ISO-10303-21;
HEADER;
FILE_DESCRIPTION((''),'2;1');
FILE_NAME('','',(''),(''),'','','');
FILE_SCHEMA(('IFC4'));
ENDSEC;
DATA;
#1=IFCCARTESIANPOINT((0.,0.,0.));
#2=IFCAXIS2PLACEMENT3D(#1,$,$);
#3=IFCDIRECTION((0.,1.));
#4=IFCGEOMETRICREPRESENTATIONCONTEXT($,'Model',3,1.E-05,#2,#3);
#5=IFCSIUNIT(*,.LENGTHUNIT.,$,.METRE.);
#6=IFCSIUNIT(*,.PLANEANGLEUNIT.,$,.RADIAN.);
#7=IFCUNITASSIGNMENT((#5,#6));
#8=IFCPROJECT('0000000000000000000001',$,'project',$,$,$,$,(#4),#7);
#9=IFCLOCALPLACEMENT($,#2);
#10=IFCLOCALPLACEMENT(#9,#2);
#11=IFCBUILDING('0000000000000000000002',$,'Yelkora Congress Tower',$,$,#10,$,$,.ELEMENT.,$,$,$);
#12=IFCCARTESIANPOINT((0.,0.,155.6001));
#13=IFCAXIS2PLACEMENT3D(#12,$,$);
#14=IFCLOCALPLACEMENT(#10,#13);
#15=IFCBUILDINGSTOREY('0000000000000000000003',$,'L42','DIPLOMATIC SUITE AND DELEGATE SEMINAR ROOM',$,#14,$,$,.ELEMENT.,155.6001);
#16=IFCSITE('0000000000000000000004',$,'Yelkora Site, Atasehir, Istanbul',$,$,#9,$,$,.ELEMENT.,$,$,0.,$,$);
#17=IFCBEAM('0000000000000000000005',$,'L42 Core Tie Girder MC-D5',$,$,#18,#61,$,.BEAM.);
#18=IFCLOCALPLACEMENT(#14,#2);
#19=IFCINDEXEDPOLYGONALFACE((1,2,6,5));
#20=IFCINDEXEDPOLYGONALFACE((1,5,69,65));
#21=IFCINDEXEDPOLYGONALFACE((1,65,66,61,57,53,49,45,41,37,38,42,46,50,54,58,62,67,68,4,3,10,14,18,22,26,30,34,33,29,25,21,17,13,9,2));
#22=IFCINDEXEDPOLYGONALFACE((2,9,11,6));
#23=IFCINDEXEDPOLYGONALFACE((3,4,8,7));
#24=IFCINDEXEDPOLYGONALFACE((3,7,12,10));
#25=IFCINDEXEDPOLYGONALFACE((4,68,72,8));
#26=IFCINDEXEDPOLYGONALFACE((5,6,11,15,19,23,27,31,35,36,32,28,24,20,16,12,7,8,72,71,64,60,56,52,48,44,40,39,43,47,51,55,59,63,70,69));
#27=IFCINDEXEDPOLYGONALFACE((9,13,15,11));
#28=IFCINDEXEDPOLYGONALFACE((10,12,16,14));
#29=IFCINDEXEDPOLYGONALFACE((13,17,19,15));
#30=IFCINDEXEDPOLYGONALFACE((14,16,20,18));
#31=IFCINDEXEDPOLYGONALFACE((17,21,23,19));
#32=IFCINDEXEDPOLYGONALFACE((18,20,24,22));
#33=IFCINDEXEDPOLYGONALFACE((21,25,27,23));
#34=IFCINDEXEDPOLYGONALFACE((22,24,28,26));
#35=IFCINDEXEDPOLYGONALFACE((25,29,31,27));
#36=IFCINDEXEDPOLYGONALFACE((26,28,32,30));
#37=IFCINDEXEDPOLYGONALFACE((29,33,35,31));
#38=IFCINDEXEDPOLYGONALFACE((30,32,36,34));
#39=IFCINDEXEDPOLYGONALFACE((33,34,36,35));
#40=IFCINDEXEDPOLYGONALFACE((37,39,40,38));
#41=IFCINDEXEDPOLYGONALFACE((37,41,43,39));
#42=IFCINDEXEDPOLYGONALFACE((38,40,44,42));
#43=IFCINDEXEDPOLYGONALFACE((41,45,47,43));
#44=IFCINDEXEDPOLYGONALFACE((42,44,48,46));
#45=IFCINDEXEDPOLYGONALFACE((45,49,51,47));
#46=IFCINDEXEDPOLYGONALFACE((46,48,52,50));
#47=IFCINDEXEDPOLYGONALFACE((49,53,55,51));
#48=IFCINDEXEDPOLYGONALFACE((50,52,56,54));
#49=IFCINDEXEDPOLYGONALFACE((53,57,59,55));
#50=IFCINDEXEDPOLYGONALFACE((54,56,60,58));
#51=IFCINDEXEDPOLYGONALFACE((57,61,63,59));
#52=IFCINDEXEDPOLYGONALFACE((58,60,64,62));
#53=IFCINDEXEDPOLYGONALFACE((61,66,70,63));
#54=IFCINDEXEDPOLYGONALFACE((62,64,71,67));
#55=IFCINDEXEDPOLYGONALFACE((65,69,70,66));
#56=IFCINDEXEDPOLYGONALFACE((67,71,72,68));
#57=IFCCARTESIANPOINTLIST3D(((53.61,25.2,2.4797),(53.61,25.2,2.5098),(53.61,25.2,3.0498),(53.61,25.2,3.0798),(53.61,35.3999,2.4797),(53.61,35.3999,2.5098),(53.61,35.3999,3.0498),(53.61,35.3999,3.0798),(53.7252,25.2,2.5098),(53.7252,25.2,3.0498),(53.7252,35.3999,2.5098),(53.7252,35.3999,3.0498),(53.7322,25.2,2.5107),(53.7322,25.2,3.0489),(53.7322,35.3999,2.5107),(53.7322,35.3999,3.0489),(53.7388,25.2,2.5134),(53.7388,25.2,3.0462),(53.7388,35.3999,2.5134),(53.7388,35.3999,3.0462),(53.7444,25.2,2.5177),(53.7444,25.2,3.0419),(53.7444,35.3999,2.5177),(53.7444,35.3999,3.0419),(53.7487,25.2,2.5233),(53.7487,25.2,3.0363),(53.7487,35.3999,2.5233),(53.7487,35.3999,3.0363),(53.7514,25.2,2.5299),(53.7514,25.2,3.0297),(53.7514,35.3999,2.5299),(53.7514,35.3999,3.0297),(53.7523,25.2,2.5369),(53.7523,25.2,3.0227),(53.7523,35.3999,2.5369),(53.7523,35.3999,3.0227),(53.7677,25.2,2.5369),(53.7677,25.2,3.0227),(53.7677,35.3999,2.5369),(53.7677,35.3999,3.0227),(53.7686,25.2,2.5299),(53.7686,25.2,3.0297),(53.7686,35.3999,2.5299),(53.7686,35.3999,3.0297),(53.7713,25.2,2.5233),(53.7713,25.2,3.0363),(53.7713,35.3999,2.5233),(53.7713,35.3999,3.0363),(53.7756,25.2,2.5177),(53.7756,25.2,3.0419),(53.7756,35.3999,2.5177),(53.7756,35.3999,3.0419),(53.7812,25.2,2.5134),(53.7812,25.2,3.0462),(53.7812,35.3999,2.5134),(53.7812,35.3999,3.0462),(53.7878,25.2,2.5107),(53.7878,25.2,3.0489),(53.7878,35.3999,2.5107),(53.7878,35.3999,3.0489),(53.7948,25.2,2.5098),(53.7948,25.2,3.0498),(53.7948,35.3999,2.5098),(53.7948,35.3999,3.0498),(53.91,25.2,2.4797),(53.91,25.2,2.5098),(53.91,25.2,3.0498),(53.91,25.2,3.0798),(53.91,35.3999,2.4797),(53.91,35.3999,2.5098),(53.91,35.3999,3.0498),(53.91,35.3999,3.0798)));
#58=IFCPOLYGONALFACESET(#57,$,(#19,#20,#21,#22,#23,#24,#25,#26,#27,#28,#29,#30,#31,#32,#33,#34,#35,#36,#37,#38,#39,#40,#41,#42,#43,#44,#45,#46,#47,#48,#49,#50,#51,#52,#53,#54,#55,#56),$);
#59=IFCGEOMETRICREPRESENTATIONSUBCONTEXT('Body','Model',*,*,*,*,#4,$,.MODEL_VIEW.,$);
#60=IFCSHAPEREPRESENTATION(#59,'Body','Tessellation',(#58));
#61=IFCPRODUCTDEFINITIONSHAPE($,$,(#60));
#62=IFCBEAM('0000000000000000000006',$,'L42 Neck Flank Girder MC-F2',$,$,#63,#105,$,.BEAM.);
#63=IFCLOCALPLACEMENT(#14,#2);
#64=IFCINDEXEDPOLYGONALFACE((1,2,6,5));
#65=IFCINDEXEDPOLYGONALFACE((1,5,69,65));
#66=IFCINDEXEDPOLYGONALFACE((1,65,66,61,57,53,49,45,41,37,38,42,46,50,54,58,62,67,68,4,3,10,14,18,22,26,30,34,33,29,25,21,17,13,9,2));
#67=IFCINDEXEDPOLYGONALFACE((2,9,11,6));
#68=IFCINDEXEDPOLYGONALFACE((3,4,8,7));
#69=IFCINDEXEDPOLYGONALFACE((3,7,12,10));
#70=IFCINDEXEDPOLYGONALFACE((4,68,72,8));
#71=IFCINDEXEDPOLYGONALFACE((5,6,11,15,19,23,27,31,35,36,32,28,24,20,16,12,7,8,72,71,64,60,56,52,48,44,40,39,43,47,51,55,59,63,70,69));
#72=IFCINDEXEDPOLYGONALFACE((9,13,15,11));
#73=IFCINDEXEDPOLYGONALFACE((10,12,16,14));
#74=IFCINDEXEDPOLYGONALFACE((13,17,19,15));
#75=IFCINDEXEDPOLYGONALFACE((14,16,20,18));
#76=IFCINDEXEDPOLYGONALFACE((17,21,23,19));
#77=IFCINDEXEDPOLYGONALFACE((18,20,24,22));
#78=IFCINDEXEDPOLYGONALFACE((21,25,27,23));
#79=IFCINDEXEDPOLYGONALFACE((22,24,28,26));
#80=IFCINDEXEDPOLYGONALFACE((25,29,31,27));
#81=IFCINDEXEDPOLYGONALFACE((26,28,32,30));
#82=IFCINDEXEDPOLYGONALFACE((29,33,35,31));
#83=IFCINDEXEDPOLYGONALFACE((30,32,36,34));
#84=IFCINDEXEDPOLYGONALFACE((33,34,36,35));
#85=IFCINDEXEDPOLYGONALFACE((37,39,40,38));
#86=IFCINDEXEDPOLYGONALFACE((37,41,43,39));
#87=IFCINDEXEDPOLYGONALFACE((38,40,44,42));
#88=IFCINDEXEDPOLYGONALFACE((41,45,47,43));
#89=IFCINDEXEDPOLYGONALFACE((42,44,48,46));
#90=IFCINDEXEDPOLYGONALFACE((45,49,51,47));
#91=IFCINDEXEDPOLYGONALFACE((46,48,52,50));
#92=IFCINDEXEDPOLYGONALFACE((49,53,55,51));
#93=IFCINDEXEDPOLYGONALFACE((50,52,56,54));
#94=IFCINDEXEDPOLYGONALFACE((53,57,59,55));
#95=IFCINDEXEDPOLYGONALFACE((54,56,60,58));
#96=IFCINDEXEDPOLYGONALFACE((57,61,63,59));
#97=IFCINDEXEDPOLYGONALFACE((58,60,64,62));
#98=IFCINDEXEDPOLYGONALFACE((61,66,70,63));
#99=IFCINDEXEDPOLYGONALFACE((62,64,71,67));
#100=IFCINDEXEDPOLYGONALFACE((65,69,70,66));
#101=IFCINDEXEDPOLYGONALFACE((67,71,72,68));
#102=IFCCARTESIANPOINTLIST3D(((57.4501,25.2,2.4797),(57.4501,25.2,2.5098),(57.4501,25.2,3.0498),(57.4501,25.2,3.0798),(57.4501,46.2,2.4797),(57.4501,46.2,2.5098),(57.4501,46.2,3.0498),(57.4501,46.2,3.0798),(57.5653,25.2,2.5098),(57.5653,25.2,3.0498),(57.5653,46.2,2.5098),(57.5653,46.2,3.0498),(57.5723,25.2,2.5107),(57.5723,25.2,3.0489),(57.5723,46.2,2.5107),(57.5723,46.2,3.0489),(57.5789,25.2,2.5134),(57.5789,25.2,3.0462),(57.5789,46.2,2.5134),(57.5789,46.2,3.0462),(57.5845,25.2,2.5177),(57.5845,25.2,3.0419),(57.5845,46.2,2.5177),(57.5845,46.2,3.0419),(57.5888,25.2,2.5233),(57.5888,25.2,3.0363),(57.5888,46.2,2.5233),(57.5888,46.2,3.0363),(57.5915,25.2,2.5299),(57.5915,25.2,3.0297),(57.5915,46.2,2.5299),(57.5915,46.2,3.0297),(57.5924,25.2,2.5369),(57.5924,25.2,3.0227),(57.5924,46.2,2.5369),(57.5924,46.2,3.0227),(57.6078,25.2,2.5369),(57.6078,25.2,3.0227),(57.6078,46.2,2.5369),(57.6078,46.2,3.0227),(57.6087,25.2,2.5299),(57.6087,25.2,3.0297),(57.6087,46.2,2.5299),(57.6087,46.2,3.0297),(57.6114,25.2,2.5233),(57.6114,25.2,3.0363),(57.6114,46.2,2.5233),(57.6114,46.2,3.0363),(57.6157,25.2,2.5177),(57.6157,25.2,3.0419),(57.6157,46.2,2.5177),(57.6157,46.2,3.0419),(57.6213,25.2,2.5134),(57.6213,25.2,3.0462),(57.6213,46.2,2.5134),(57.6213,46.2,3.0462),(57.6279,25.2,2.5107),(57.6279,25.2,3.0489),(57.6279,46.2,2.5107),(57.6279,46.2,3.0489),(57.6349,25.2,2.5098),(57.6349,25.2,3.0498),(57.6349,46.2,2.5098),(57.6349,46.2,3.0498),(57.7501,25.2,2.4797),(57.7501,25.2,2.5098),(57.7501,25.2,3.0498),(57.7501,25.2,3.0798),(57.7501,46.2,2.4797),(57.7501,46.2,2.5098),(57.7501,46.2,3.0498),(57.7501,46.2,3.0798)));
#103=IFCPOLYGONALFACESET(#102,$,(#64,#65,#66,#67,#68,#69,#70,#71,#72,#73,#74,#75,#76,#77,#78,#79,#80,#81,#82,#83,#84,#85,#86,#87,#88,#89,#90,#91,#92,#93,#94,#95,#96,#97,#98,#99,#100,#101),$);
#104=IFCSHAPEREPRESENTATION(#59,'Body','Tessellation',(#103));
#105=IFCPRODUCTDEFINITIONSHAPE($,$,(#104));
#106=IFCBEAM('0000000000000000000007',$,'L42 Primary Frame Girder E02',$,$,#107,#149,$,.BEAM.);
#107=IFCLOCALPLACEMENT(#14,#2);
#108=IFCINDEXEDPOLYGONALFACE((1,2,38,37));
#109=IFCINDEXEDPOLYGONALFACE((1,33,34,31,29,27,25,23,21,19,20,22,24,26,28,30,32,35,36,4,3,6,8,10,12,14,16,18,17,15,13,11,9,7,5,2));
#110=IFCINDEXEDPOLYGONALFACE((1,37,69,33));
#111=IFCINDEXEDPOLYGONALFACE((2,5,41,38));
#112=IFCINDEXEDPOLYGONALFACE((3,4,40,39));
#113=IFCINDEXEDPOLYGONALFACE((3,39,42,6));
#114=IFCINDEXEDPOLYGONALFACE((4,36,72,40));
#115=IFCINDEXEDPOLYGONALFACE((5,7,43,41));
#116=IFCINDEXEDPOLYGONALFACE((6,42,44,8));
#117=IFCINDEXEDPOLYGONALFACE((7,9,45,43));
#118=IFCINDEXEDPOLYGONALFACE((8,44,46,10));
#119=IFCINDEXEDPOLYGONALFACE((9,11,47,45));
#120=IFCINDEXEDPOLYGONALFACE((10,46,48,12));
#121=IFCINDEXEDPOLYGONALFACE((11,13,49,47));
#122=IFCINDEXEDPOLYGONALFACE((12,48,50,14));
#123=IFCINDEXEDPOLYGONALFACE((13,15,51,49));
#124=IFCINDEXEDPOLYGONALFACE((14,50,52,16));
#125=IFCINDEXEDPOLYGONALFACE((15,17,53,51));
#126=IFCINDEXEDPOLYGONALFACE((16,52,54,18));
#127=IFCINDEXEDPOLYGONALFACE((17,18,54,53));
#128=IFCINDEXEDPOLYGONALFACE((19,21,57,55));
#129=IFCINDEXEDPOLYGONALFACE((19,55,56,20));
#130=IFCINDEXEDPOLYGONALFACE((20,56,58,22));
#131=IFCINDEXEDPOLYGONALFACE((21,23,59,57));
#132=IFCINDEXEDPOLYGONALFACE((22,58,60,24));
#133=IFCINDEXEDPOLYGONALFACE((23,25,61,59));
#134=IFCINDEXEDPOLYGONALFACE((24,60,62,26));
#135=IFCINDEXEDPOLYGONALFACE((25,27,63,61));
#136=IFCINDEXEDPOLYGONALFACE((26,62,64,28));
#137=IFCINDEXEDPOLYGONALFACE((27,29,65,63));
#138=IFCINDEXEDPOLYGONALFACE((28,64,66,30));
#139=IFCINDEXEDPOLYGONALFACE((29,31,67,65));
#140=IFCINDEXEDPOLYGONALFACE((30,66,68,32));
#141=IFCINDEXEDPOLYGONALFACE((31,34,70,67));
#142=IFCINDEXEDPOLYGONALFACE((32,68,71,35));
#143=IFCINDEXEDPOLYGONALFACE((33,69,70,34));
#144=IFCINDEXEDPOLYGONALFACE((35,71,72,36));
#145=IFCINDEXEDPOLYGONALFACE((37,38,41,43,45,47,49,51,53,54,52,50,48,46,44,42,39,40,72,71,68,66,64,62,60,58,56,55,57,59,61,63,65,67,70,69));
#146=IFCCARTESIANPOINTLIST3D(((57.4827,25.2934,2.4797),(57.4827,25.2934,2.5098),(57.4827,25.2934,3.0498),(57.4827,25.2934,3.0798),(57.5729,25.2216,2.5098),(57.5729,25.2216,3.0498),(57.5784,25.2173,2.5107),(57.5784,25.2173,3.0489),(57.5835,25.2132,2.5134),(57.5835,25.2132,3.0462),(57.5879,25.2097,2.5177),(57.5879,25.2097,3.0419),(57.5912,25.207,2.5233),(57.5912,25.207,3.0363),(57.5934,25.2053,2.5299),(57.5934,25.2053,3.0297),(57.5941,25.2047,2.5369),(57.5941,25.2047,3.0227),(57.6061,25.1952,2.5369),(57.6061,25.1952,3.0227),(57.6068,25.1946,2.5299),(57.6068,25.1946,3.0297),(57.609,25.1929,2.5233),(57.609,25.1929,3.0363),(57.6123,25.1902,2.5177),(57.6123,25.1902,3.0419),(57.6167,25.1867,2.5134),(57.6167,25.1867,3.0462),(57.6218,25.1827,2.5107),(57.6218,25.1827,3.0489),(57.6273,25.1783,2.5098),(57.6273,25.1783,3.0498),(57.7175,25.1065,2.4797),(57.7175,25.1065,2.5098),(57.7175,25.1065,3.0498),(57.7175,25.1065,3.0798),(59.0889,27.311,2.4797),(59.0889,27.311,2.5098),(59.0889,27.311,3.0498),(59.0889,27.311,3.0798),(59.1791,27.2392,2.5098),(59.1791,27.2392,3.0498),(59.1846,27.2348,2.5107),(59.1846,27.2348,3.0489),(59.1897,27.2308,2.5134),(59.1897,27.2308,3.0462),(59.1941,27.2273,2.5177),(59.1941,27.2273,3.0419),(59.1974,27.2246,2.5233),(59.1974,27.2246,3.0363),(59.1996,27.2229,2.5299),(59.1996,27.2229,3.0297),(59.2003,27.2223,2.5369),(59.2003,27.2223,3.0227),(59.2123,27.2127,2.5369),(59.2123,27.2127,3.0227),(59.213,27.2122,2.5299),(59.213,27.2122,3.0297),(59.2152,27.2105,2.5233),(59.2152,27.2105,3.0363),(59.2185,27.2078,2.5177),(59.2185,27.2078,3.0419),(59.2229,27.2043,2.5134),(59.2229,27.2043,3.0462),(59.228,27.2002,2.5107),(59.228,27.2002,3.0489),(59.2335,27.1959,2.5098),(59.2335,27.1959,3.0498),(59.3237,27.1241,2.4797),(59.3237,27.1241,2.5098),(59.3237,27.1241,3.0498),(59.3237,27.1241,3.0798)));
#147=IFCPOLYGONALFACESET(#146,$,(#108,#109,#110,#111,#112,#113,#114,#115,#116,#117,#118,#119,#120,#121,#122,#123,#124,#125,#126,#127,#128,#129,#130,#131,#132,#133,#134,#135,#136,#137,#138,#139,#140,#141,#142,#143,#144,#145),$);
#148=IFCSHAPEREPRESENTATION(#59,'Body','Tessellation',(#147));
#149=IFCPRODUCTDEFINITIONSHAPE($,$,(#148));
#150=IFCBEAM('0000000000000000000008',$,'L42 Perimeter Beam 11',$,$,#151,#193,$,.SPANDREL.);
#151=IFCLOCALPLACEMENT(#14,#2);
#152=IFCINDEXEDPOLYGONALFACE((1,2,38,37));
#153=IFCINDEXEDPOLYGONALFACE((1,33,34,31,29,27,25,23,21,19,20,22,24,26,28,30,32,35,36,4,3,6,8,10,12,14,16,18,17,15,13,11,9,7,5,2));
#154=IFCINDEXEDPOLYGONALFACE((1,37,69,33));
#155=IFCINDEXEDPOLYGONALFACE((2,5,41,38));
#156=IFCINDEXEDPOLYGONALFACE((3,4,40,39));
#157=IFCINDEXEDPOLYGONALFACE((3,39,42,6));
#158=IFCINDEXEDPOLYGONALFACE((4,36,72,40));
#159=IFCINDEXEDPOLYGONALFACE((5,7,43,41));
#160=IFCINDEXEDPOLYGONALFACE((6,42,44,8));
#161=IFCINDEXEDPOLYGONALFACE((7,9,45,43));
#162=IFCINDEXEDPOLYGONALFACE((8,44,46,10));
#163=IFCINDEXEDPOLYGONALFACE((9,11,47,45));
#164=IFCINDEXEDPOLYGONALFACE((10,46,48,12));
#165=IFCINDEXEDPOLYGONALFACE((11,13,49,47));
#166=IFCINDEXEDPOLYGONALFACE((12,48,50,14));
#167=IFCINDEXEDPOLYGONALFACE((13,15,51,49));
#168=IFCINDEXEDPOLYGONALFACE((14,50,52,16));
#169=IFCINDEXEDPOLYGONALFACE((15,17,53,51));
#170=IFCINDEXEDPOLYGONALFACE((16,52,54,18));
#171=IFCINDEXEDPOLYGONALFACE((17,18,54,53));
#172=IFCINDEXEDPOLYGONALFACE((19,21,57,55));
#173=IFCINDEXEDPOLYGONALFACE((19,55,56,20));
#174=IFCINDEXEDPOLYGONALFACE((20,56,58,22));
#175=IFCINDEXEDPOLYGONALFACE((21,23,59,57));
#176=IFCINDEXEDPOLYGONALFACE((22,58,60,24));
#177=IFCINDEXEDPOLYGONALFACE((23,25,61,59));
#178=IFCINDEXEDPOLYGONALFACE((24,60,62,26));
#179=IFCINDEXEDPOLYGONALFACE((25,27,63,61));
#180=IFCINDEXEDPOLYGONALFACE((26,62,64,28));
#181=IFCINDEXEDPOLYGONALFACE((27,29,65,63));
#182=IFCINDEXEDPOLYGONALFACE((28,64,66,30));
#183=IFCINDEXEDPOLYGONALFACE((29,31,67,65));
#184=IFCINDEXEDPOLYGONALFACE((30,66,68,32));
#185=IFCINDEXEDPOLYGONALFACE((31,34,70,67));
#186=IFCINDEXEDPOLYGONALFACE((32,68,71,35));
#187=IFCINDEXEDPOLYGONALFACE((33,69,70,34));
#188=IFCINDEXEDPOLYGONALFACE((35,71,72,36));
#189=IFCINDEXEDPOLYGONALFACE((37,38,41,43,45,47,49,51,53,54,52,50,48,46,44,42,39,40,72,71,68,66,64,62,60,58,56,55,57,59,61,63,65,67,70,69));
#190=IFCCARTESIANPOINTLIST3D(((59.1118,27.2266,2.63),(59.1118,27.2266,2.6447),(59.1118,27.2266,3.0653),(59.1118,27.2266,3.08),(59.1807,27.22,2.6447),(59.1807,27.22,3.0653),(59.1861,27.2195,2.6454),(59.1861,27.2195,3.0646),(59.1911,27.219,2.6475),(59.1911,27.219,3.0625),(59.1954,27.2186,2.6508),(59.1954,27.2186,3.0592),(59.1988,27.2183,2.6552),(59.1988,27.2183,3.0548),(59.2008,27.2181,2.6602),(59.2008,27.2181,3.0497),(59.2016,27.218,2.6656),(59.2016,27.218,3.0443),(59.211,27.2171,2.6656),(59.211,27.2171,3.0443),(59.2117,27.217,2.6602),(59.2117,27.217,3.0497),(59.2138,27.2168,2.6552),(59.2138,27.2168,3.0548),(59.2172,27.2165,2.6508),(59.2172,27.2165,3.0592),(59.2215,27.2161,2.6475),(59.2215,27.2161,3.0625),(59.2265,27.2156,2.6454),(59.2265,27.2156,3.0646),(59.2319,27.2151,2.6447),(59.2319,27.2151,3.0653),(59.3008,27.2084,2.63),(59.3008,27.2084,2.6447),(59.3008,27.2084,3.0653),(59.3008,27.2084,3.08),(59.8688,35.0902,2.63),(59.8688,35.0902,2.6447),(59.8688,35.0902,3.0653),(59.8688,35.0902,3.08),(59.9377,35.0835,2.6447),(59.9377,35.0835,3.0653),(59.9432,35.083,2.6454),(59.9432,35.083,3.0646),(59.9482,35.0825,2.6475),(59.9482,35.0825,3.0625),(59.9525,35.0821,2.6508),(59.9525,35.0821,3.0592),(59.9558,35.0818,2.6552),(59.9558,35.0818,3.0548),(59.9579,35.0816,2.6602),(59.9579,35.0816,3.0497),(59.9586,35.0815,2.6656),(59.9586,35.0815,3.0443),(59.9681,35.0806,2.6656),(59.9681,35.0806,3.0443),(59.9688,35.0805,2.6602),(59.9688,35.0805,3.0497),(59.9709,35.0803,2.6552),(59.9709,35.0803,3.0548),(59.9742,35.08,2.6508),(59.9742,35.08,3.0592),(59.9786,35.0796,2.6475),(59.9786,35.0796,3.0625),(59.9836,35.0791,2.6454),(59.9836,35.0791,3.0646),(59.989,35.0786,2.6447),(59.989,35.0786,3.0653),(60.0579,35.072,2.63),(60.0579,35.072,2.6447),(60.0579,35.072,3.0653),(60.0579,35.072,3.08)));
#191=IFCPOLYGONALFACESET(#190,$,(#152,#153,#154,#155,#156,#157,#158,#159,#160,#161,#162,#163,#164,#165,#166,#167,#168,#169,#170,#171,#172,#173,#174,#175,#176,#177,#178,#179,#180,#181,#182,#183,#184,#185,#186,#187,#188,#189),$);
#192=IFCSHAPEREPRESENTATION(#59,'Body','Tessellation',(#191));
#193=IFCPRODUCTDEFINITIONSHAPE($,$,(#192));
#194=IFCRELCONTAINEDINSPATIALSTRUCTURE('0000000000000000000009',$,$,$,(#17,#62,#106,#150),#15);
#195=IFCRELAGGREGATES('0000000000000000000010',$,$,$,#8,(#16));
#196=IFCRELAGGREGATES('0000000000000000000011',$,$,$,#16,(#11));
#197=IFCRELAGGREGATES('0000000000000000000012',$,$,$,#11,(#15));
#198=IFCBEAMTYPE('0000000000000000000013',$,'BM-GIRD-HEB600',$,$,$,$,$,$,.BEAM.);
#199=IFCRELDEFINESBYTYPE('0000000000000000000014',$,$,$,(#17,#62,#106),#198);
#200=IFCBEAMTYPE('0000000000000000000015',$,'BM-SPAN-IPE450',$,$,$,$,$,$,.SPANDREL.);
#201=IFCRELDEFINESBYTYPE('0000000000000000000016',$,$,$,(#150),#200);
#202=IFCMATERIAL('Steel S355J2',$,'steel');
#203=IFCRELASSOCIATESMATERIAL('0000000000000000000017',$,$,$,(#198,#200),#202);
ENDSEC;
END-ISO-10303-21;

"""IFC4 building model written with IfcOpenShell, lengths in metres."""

from ifc_helpers import new_model, si_unit, direction, frame, origin, origin_2d, place, context, subcontext, project, spatial, i_section, extrude, material, material_profile, profile_set, type_object, element, save


model = new_model("IFC4")

# Units and contexts
model_context = context("Model", 3, precision=1e-05, world=origin(), true_north=direction((0.0, 1.0)))
body_context = subcontext(model_context, "Body", "Model", "MODEL_VIEW")
ifc_project = project(units=[si_unit("LENGTHUNIT", "METRE"), si_unit("PLANEANGLEUNIT", "RADIAN")], contexts=[model_context])

# Site, building, storey
site_placement = place(None, origin())
site = spatial("IfcSite", under=ifc_project, at=site_placement, Name="Yelkora Site, Atasehir, Istanbul", CompositionType="ELEMENT", RefElevation=0.0)
building_placement = place(site_placement, origin())
building = spatial("IfcBuilding", under=site, at=building_placement, Name="Yelkora Congress Tower", CompositionType="ELEMENT")
storey_placement = place(building_placement, frame((0.0, 0.0, 155.6001)))
storey = spatial("IfcBuildingStorey", under=building, at=storey_placement, Name="L42", Description="DIPLOMATIC SUITE AND DELEGATE SEMINAR ROOM", CompositionType="ELEMENT", Elevation=155.6001)

# Beams
ifc_material_1 = material(Name="Steel S355J2", Category="steel")
ifc_material_profile_1 = material_profile(ifc_material_1, i_section(OverallWidth=0.3, OverallDepth=0.6001, WebThickness=0.0154, FlangeThickness=0.03, FilletRadius=0.0271, at=origin_2d()), Name="HEB 600")
ifc_profile_set_1 = profile_set([ifc_material_profile_1], Name="Steel S355J2")
beam_type_1 = type_object("IfcBeamType", Name="BM-GIRD-HEB600", PredefinedType="BEAM", material=ifc_profile_set_1)
beam_1_placement = place(storey_placement, frame((53.76, 25.2, 2.7798), z_axis=(0.0, 1.0, 0.0), x_axis=(-1.0, 0.0, 0.0)))
element("IfcBeam", 1, at=beam_1_placement, inside=storey, type_object=beam_type_1, Name="L42 Core Tie Girder MC-D5", PredefinedType="BEAM", context=body_context, shape_type="SweptSolid", body=[
    extrude(i_section(OverallWidth=0.3, OverallDepth=0.6001, WebThickness=0.0154, FlangeThickness=0.03, FilletRadius=0.0271, at=origin_2d()), origin(), (0.0, 0.0, 1.0), 10.2),
])
beam_2_placement = place(storey_placement, frame((57.6001, 25.2, 2.7798), z_axis=(0.0, 1.0, 0.0), x_axis=(-1.0, 0.0, 0.0)))
element("IfcBeam", 2, at=beam_2_placement, inside=storey, type_object=beam_type_1, Name="L42 Neck Flank Girder MC-F2", PredefinedType="BEAM", context=body_context, shape_type="SweptSolid", body=[
    extrude(i_section(OverallWidth=0.3, OverallDepth=0.6001, WebThickness=0.0154, FlangeThickness=0.03, FilletRadius=0.0271, at=origin_2d()), origin(), (0.0, 0.0, 1.0), 21.0),
])
beam_3_placement = place(storey_placement, frame((59.2063, 27.2175, 2.7798), z_axis=(-0.622835, -0.782354, 0.0), x_axis=(0.782354, -0.622835, 0.0)))
element("IfcBeam", 3, at=beam_3_placement, inside=storey, type_object=beam_type_1, Name="L42 Primary Frame Girder E02", PredefinedType="BEAM", context=body_context, shape_type="SweptSolid", body=[
    extrude(i_section(OverallWidth=0.3, OverallDepth=0.6001, WebThickness=0.0154, FlangeThickness=0.03, FilletRadius=0.0271, at=origin_2d()), origin(), (0.0, 0.0, 1.0), 2.5789),
])
ifc_material_profile_2 = material_profile(ifc_material_1, i_section(OverallWidth=0.1899, OverallDepth=0.45, WebThickness=0.0095, FlangeThickness=0.0146, FilletRadius=0.021, at=origin_2d()), Name="IPE 450")
ifc_profile_set_2 = profile_set([ifc_material_profile_2], Name="Steel S355J2")
beam_type_2 = type_object("IfcBeamType", Name="BM-SPAN-IPE450", PredefinedType="SPANDREL", material=ifc_profile_set_2)
beam_4_placement = place(storey_placement, frame((59.2063, 27.2175, 2.855), z_axis=(0.095834, 0.995397, 0.0), x_axis=(-0.995397, 0.095834, 0.0)))
element("IfcBeam", 4, at=beam_4_placement, inside=storey, type_object=beam_type_2, Name="L42 Perimeter Beam 11", PredefinedType="SPANDREL", context=body_context, shape_type="SweptSolid", body=[
    extrude(i_section(OverallWidth=0.1899, OverallDepth=0.45, WebThickness=0.0095, FlangeThickness=0.0146, FilletRadius=0.021, at=origin_2d()), origin(), (0.0, 0.0, 1.0), 7.8999),
])

save(model, "model.ifc")
